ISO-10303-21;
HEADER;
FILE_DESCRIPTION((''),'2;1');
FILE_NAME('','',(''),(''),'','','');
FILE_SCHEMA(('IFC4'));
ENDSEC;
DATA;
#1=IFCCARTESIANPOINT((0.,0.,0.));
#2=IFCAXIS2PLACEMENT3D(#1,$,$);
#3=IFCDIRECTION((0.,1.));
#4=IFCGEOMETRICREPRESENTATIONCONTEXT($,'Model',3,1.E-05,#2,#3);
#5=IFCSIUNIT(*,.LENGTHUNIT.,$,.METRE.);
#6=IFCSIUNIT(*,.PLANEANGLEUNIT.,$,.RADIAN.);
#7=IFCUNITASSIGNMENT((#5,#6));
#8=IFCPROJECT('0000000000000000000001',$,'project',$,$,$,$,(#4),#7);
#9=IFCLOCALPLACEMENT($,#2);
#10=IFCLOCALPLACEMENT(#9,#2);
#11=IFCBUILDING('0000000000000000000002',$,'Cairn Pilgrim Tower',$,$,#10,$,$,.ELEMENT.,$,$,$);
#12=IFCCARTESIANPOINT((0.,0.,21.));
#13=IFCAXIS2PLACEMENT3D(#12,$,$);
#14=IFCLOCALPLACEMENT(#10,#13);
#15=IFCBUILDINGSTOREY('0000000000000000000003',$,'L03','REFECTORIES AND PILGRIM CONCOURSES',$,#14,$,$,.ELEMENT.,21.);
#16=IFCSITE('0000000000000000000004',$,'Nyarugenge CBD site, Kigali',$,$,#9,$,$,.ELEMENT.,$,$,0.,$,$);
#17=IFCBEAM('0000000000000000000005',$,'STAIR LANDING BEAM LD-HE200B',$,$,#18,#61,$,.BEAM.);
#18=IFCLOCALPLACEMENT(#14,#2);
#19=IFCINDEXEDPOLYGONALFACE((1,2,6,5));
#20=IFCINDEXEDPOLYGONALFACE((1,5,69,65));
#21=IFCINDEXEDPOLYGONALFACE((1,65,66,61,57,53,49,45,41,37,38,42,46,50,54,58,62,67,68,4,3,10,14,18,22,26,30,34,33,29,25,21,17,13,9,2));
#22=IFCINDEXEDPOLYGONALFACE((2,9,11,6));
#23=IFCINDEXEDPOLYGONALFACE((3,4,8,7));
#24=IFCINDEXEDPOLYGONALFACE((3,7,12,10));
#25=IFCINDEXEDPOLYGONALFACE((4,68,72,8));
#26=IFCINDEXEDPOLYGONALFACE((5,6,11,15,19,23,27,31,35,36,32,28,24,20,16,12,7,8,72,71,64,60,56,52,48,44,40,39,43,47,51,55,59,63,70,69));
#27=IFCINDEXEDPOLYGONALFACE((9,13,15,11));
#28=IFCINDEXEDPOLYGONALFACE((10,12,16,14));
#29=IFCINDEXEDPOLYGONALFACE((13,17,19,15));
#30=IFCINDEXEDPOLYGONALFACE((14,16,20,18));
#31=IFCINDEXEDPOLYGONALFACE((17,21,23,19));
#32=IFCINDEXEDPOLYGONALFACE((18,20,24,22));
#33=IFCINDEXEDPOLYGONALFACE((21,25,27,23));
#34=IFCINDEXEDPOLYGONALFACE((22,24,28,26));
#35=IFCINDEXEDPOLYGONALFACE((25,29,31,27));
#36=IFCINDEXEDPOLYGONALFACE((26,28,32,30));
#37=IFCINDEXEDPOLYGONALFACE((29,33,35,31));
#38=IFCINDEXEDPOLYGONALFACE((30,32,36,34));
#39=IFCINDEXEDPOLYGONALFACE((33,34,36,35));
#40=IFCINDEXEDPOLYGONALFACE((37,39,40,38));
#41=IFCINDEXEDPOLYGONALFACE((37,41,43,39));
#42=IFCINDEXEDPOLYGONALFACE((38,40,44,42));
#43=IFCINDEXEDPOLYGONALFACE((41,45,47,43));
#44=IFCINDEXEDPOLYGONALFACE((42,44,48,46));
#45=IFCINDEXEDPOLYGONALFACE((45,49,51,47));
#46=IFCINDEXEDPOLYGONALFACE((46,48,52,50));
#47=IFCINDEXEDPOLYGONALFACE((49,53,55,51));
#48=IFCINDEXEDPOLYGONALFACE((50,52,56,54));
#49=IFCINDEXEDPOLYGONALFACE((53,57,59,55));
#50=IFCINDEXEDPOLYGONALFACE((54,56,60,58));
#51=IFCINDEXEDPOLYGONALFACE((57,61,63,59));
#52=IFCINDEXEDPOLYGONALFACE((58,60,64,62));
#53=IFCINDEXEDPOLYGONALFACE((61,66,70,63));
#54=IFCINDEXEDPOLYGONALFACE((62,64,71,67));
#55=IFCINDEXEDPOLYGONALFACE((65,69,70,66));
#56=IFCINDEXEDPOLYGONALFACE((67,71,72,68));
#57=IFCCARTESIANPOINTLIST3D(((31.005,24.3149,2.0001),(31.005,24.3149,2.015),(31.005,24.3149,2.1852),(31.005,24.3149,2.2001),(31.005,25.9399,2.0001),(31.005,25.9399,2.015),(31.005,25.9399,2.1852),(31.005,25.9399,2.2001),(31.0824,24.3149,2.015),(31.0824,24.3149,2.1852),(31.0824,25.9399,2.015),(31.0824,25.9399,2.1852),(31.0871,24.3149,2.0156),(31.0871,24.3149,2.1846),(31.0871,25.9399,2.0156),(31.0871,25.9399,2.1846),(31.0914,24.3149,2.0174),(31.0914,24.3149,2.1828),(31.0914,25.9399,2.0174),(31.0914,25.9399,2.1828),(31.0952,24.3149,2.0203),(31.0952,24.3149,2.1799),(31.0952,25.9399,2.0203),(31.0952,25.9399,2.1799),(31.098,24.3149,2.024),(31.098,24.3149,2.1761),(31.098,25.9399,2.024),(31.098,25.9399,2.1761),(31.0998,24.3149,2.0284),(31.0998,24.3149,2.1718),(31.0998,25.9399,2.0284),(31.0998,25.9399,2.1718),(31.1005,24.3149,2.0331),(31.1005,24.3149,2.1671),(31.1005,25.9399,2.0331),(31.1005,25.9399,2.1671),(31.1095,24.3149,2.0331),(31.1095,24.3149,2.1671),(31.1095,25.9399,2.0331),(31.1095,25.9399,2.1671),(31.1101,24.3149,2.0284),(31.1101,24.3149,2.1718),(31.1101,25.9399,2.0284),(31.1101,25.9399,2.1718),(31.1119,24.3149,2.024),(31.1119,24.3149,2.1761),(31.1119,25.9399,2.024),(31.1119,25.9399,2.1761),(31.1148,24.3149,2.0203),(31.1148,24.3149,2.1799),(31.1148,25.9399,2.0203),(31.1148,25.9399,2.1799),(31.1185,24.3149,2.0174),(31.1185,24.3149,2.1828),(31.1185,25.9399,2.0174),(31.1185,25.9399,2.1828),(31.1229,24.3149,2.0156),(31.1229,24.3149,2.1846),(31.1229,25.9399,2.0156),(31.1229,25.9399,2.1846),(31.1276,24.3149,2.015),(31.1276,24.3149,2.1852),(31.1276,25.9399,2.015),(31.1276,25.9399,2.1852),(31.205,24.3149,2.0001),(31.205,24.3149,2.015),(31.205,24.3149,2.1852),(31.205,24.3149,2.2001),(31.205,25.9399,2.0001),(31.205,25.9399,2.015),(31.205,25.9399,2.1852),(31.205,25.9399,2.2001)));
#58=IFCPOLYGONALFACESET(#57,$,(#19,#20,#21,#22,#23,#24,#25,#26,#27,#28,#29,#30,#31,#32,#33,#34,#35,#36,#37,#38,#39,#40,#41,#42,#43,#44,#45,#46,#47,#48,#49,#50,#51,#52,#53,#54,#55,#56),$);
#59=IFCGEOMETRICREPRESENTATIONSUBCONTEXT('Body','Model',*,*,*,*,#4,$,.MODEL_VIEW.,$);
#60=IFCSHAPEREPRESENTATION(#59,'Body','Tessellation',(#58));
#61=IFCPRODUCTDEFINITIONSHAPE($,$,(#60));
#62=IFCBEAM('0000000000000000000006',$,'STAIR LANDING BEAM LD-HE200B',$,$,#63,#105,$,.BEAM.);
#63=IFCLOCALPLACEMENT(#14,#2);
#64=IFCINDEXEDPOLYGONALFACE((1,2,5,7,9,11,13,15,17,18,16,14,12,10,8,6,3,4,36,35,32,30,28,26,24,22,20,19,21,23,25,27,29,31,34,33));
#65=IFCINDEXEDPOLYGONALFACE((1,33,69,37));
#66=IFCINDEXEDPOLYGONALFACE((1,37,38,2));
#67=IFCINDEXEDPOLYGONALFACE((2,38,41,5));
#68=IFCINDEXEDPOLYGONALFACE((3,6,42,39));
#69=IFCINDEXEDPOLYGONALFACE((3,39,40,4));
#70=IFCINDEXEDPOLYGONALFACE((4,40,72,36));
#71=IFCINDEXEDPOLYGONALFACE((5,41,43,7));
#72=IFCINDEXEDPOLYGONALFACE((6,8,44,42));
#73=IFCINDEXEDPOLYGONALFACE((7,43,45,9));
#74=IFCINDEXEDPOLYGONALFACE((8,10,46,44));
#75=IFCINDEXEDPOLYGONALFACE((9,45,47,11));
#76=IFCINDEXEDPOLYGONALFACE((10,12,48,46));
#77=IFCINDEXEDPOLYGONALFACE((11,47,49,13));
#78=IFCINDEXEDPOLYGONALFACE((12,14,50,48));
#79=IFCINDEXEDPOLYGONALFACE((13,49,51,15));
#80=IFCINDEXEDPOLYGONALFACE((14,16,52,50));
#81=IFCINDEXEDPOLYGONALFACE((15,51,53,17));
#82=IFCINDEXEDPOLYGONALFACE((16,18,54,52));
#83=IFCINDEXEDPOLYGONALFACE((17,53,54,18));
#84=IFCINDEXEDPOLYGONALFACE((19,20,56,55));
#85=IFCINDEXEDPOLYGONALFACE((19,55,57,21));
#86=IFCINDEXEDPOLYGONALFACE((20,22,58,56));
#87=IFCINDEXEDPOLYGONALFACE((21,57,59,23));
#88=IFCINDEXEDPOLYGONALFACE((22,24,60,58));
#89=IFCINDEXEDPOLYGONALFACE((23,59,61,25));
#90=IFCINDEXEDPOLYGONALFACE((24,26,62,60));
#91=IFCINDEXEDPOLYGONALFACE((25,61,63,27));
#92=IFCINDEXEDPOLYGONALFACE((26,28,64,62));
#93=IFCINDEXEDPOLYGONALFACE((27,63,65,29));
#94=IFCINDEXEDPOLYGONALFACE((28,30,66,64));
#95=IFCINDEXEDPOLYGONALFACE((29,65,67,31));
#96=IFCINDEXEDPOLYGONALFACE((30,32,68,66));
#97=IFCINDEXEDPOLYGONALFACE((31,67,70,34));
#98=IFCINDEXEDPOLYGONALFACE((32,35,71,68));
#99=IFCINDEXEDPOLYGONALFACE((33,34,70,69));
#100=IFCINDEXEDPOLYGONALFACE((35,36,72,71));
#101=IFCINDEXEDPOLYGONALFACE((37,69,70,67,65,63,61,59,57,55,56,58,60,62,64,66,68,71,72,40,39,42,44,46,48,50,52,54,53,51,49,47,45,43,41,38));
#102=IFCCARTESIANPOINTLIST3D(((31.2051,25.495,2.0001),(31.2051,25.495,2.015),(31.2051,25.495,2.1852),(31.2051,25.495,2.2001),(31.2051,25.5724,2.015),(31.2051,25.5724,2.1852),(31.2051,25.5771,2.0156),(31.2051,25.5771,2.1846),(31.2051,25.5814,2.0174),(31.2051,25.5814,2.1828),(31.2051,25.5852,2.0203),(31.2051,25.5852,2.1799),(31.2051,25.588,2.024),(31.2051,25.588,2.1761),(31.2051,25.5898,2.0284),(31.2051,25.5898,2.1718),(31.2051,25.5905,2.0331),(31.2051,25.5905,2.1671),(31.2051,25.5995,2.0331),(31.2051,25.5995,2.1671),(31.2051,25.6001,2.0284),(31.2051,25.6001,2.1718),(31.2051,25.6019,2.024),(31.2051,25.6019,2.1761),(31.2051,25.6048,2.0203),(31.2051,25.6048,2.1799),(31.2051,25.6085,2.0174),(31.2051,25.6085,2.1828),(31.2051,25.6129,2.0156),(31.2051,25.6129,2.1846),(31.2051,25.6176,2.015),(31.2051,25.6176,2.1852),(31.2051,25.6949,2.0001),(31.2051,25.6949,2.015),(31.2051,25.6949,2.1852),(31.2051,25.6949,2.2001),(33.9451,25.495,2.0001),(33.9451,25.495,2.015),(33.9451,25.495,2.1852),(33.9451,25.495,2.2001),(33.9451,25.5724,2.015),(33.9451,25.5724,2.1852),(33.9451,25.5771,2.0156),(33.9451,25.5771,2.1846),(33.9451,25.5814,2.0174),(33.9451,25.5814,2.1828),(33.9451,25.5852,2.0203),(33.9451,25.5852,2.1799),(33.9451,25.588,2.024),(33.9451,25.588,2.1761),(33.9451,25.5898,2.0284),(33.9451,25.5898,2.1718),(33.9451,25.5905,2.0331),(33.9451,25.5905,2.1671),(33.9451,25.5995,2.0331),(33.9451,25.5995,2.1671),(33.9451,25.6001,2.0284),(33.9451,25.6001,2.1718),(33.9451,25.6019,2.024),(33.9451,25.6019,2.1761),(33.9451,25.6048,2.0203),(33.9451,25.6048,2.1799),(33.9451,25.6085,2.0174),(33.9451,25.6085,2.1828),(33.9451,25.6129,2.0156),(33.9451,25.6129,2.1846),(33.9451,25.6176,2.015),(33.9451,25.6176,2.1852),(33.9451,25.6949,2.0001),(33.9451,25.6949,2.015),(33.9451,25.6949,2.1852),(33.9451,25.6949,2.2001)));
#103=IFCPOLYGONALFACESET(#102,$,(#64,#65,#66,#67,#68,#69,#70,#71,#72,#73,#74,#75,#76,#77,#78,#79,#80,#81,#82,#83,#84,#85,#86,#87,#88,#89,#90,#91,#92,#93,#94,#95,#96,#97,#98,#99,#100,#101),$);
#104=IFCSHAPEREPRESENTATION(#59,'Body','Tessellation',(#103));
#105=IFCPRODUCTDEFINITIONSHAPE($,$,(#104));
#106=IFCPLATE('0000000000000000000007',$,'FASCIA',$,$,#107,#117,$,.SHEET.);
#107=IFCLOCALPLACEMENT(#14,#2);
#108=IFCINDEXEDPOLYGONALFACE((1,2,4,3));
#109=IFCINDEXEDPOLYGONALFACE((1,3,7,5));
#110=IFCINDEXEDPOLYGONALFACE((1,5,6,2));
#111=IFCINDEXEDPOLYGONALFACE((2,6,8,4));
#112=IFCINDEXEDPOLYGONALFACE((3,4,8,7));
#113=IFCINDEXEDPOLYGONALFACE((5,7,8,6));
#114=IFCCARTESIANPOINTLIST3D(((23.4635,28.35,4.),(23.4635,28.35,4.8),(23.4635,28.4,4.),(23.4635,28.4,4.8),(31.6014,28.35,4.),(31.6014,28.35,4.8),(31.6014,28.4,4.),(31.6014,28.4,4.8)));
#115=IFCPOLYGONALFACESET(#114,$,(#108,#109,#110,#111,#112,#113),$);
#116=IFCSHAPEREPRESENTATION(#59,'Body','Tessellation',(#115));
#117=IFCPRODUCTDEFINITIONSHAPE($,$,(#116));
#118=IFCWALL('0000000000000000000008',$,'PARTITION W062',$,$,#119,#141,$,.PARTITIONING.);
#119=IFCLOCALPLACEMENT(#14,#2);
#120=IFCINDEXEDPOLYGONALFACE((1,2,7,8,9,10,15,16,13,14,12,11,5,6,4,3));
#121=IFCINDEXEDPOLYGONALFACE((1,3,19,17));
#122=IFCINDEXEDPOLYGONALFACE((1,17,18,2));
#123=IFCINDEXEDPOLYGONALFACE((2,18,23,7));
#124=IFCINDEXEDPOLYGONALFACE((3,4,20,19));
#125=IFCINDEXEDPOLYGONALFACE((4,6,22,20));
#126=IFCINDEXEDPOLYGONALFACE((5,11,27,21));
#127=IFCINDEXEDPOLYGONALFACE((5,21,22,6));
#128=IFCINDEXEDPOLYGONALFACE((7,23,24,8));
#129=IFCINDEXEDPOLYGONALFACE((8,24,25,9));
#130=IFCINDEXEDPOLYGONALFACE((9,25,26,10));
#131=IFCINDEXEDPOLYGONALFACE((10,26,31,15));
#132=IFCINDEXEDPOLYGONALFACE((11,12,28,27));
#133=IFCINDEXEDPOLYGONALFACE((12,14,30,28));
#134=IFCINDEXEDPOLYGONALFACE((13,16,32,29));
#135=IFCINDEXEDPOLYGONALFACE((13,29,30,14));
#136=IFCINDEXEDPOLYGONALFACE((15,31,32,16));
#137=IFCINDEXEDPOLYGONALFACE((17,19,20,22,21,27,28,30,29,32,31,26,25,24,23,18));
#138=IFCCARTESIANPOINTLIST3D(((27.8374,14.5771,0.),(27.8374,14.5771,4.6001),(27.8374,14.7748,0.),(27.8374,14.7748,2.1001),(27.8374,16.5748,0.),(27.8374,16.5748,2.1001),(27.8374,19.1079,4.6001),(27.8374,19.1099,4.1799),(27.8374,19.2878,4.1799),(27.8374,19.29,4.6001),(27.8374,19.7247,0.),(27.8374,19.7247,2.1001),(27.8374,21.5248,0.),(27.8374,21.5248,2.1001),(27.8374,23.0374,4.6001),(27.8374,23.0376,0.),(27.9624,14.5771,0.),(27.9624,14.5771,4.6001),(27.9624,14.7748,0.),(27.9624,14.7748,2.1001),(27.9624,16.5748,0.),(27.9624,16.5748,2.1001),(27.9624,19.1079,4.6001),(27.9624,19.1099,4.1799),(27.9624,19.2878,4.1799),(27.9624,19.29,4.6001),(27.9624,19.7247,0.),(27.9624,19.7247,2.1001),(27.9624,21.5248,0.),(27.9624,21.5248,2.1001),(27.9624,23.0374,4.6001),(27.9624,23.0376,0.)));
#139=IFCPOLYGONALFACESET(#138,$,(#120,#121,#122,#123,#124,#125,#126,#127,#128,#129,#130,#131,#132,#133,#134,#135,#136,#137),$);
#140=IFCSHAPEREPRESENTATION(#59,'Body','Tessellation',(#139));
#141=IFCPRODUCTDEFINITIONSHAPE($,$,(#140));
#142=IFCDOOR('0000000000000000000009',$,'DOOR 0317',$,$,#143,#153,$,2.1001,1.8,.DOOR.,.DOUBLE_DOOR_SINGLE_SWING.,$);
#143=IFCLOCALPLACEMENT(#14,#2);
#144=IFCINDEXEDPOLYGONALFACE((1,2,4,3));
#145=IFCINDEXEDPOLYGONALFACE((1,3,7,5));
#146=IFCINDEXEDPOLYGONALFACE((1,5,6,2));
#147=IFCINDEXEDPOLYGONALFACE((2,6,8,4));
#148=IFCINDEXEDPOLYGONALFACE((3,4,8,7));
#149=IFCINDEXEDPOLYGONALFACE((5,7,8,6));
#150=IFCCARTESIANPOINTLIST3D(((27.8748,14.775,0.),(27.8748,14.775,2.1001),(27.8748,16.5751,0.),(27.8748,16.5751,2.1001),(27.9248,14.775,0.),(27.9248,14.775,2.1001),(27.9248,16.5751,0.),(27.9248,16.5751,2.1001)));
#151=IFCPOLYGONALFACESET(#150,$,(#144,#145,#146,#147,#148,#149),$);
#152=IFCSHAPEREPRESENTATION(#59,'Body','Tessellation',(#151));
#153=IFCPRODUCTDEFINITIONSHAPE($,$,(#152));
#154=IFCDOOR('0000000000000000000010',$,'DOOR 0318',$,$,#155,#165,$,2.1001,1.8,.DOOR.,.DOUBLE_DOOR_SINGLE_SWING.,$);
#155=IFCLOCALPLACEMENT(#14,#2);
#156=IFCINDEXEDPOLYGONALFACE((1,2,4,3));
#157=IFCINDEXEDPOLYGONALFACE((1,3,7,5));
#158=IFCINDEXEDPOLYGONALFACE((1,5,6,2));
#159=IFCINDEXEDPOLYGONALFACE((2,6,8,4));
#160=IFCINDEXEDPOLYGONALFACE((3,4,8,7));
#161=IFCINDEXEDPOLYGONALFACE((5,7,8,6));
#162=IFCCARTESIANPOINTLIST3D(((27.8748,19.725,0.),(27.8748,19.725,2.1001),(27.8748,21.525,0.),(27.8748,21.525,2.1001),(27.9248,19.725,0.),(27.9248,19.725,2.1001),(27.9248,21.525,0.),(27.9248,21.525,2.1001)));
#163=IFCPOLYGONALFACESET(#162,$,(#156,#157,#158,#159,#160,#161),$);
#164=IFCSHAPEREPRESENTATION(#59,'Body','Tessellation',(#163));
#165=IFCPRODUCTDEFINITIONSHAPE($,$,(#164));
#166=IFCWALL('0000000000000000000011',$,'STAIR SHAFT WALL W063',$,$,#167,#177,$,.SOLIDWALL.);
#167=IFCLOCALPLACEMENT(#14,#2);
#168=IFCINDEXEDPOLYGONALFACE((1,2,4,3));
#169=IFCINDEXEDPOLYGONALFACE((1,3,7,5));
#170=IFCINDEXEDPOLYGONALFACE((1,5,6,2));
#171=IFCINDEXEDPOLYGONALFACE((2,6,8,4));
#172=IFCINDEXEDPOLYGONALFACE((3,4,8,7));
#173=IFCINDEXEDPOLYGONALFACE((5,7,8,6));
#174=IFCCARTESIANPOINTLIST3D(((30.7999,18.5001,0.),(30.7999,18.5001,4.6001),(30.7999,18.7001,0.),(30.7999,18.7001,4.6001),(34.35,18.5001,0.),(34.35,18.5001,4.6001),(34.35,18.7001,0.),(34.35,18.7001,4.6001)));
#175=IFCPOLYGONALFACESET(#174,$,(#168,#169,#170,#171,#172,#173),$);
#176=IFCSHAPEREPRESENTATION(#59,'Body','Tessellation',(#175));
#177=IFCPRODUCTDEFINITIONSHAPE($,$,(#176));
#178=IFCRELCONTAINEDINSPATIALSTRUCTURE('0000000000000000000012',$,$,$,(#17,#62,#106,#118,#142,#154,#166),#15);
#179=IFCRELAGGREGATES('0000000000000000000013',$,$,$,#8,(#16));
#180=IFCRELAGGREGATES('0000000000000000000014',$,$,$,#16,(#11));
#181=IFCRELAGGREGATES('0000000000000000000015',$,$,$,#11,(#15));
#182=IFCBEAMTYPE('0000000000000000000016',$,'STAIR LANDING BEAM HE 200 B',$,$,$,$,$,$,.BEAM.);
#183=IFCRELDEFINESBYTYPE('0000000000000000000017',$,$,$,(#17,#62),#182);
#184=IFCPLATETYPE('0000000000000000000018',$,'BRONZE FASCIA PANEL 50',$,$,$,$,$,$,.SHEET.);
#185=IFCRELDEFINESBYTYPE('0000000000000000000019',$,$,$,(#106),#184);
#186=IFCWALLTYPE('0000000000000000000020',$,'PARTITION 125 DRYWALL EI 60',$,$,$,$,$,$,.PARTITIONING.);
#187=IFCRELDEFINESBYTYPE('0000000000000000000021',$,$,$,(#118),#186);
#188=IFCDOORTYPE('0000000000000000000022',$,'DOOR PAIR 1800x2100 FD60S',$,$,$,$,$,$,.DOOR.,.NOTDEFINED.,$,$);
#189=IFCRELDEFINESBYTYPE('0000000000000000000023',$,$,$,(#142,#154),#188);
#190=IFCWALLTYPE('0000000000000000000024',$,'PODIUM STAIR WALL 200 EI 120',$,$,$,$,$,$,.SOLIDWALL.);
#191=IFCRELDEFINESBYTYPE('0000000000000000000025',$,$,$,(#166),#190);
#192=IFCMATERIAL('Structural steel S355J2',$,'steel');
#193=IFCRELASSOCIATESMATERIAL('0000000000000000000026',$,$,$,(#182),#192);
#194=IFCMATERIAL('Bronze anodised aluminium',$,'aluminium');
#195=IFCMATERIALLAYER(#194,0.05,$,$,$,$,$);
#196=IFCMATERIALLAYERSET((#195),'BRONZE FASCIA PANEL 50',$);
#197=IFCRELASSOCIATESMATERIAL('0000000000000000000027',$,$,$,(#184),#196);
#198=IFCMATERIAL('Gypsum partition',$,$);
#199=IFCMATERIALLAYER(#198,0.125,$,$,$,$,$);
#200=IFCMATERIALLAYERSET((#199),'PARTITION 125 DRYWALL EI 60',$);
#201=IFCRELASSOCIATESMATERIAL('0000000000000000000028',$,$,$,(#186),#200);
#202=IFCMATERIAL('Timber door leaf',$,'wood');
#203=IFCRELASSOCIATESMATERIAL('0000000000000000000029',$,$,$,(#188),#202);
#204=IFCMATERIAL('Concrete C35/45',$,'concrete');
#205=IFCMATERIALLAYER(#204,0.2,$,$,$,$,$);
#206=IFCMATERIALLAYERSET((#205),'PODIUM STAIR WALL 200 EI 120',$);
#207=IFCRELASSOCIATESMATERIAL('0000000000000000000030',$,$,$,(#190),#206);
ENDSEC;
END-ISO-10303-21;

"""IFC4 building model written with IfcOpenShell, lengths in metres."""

from ifc_helpers import new_model, si_unit, direction, frame, frame_2d, origin, origin_2d, place, context, subcontext, project, spatial, polyline, rectangle, i_section, outline, extrude, material, layer, layer_set, material_profile, profile_set, type_object, element, fill, save


model = new_model("IFC4")

# Units and contexts
model_context = context("Model", 3, precision=1e-05, world=origin(), true_north=direction((0.0, 1.0)))
body_context = subcontext(model_context, "Body", "Model", "MODEL_VIEW")
ifc_project = project(units=[si_unit("LENGTHUNIT", "METRE"), si_unit("PLANEANGLEUNIT", "RADIAN")], contexts=[model_context])

# Site, building, storey
site_placement = place(None, origin())
site = spatial("IfcSite", under=ifc_project, at=site_placement, Name="Nyarugenge CBD site, Kigali", CompositionType="ELEMENT", RefElevation=0.0)
building_placement = place(site_placement, origin())
building = spatial("IfcBuilding", under=site, at=building_placement, Name="Cairn Pilgrim Tower", CompositionType="ELEMENT")
storey_placement = place(building_placement, frame((0.0, 0.0, 21.0)))
storey = spatial("IfcBuildingStorey", under=building, at=storey_placement, Name="L03", Description="REFECTORIES AND PILGRIM CONCOURSES", CompositionType="ELEMENT", Elevation=21.0)

# Shared definitions
ifc_material_1 = material(Name="Structural steel S355J2", Category="steel")

# Beams
ifc_material_profile_1 = material_profile(ifc_material_1, i_section(OverallWidth=0.2, OverallDepth=0.2, WebThickness=0.009, FlangeThickness=0.0149, FilletRadius=0.0181, at=origin_2d()), Name="HE 200 B")
ifc_profile_set_1 = profile_set([ifc_material_profile_1], Name="Structural steel S355J2")
beam_type_1 = type_object("IfcBeamType", Name="STAIR LANDING BEAM HE 200 B", PredefinedType="BEAM", material=ifc_profile_set_1)
beam_1_placement = place(storey_placement, frame((31.105, 25.9399, 2.1001), z_axis=(0.0, -1.0, 0.0), x_axis=(1.0, 0.0, 0.0)))
element("IfcBeam", 1, at=beam_1_placement, inside=storey, type_object=beam_type_1, Name="STAIR LANDING BEAM LD-HE200B", PredefinedType="BEAM", context=body_context, shape_type="SweptSolid", body=[
    extrude(i_section(OverallWidth=0.2, OverallDepth=0.2, WebThickness=0.009, FlangeThickness=0.0149, FilletRadius=0.0181, at=origin_2d()), origin(), (0.0, 0.0, 1.0), 1.625),
])
beam_2_placement = place(storey_placement, frame((31.2051, 25.595, 2.1001), z_axis=(1.0, 0.0, 0.0), x_axis=(0.0, 1.0, 0.0)))
element("IfcBeam", 2, at=beam_2_placement, inside=storey, type_object=beam_type_1, Name="STAIR LANDING BEAM LD-HE200B", PredefinedType="BEAM", context=body_context, shape_type="SweptSolid", body=[
    extrude(i_section(OverallWidth=0.2, OverallDepth=0.2, WebThickness=0.009, FlangeThickness=0.0149, FilletRadius=0.0181, at=origin_2d()), origin(), (0.0, 0.0, 1.0), 2.74),
])

# Plate
ifc_material_2 = material(Name="Bronze anodised aluminium", Category="aluminium")
ifc_layer_1 = layer(ifc_material_2, 0.05)
ifc_layer_set_1 = layer_set([ifc_layer_1], Name="BRONZE FASCIA PANEL 50")
plate_type = type_object("IfcPlateType", Name="BRONZE FASCIA PANEL 50", PredefinedType="SHEET", material=ifc_layer_set_1)
plate_placement = place(storey_placement, frame((27.5325, 28.375, 4.0), z_axis=(0.0, 0.0, 1.0), x_axis=(-1.0, 0.0, 0.0)))
element("IfcPlate", 3, at=plate_placement, inside=storey, type_object=plate_type, Name="FASCIA", PredefinedType="SHEET", context=body_context, shape_type="SweptSolid", body=[
    extrude(rectangle(XDim=8.1379, YDim=0.05, at=origin_2d()), origin(), (0.0, 0.0, 1.0), 0.8),
])

# Wall, openings, doors
ifc_material_3 = material(Name="Gypsum partition")
ifc_layer_2 = layer(ifc_material_3, 0.125)
ifc_layer_set_2 = layer_set([ifc_layer_2], Name="PARTITION 125 DRYWALL EI 60")
wall_type_1 = type_object("IfcWallType", Name="PARTITION 125 DRYWALL EI 60", PredefinedType="PARTITIONING", material=ifc_layer_set_2)
wall_1_placement = place(storey_placement, frame((27.8999, 14.5771, 0.0), z_axis=(0.0, 0.0, 1.0), x_axis=(0.0, 1.0, 0.0)))
wall_1 = element("IfcWall", 4, at=wall_1_placement, inside=storey, type_object=wall_type_1, Name="PARTITION W062", PredefinedType="PARTITIONING", context=body_context, shape_type="SweptSolid", body=[
    extrude(outline(polyline([(0.0, 0.0), (8.4604, 0.0), (8.4602, 4.6001), (4.7129, 4.6001), (4.7107, 4.1799), (4.5327, 4.1799), (4.5308, 4.6001), (0.0, 4.6001), (0.0, 0.0)])), frame((0.0, 0.0625, 0.0), z_axis=(0.0, -1.0, 0.0), x_axis=(1.0, 0.0, 0.0)), (0.0, 0.0, 1.0), 0.125),
])
opening_1_placement = place(wall_1_placement, frame((0.1978, 0.0, 0.0)))
opening_1 = element("IfcOpeningElement", 5, at=opening_1_placement, cuts=wall_1, PredefinedType="OPENING", context=body_context, shape_type="SweptSolid", body=[
    extrude(rectangle(XDim=1.8, YDim=2.1001, at=frame_2d((0.8999, 1.05))), frame((0.0, 0.0725, 0.0), z_axis=(0.0, -1.0, 0.0), x_axis=(1.0, 0.0, 0.0)), (0.0, 0.0, 1.0), 0.145),
])
opening_2_placement = place(wall_1_placement, frame((5.1477, 0.0, 0.0)))
opening_2 = element("IfcOpeningElement", 6, at=opening_2_placement, cuts=wall_1, PredefinedType="OPENING", context=body_context, shape_type="SweptSolid", body=[
    extrude(rectangle(XDim=1.8, YDim=2.1001, at=frame_2d((0.8999, 1.05))), frame((0.0, 0.0725, 0.0), z_axis=(0.0, -1.0, 0.0), x_axis=(1.0, 0.0, 0.0)), (0.0, 0.0, 1.0), 0.145),
])
ifc_material_4 = material(Name="Timber door leaf", Category="wood")
door_type_1 = type_object("IfcDoorType", Name="DOOR PAIR 1800x2100 FD60S", OperationType="NOTDEFINED", PredefinedType="DOOR", material=ifc_material_4)
door_1_placement = place(opening_1_placement, frame((1.8, 0.0, 0.0), z_axis=(0.0, 0.0, 1.0), x_axis=(-1.0, 0.0, 0.0)))
door_1 = element("IfcDoor", 7, at=door_1_placement, inside=storey, type_object=door_type_1, Name="DOOR 0317", OperationType="DOUBLE_DOOR_SINGLE_SWING", OverallHeight=2.1001, OverallWidth=1.8, PredefinedType="DOOR", context=body_context, shape_type="SweptSolid", body=[
    extrude(rectangle(XDim=1.8, YDim=2.1001, at=frame_2d((0.8999, 1.05))), frame((0.0, 0.0249, 0.0), z_axis=(0.0, -1.0, 0.0), x_axis=(1.0, 0.0, 0.0)), (0.0, 0.0, 1.0), 0.05),
])
fill(opening_1, door_1)
door_2_placement = place(opening_2_placement, frame((1.8, 0.0, 0.0), z_axis=(0.0, 0.0, 1.0), x_axis=(-1.0, 0.0, 0.0)))
door_2 = element("IfcDoor", 8, at=door_2_placement, inside=storey, type_object=door_type_1, Name="DOOR 0318", OperationType="DOUBLE_DOOR_SINGLE_SWING", OverallHeight=2.1001, OverallWidth=1.8, PredefinedType="DOOR", context=body_context, shape_type="SweptSolid", body=[
    extrude(rectangle(XDim=1.8, YDim=2.1001, at=frame_2d((0.8999, 1.05))), frame((0.0, 0.0249, 0.0), z_axis=(0.0, -1.0, 0.0), x_axis=(1.0, 0.0, 0.0)), (0.0, 0.0, 1.0), 0.05),
])
fill(opening_2, door_2)

# Wall
ifc_material_5 = material(Name="Concrete C35/45", Category="concrete")
ifc_layer_3 = layer(ifc_material_5, 0.2)
ifc_layer_set_3 = layer_set([ifc_layer_3], Name="PODIUM STAIR WALL 200 EI 120")
wall_type_2 = type_object("IfcWallType", Name="PODIUM STAIR WALL 200 EI 120", PredefinedType="SOLIDWALL", material=ifc_layer_set_3)
wall_2_placement = place(storey_placement, frame((30.8, 18.6001, 0.0), z_axis=(0.0, 0.0, 1.0), x_axis=(1.0, 0.0, 0.0)))
element("IfcWall", 9, at=wall_2_placement, inside=storey, type_object=wall_type_2, Name="STAIR SHAFT WALL W063", PredefinedType="SOLIDWALL", context=body_context, shape_type="SweptSolid", body=[
    extrude(rectangle(XDim=3.55, YDim=0.2, at=frame_2d((1.7749, 0.0))), origin(), (0.0, 0.0, 1.0), 4.6001),
])

save(model, "model.ifc")
